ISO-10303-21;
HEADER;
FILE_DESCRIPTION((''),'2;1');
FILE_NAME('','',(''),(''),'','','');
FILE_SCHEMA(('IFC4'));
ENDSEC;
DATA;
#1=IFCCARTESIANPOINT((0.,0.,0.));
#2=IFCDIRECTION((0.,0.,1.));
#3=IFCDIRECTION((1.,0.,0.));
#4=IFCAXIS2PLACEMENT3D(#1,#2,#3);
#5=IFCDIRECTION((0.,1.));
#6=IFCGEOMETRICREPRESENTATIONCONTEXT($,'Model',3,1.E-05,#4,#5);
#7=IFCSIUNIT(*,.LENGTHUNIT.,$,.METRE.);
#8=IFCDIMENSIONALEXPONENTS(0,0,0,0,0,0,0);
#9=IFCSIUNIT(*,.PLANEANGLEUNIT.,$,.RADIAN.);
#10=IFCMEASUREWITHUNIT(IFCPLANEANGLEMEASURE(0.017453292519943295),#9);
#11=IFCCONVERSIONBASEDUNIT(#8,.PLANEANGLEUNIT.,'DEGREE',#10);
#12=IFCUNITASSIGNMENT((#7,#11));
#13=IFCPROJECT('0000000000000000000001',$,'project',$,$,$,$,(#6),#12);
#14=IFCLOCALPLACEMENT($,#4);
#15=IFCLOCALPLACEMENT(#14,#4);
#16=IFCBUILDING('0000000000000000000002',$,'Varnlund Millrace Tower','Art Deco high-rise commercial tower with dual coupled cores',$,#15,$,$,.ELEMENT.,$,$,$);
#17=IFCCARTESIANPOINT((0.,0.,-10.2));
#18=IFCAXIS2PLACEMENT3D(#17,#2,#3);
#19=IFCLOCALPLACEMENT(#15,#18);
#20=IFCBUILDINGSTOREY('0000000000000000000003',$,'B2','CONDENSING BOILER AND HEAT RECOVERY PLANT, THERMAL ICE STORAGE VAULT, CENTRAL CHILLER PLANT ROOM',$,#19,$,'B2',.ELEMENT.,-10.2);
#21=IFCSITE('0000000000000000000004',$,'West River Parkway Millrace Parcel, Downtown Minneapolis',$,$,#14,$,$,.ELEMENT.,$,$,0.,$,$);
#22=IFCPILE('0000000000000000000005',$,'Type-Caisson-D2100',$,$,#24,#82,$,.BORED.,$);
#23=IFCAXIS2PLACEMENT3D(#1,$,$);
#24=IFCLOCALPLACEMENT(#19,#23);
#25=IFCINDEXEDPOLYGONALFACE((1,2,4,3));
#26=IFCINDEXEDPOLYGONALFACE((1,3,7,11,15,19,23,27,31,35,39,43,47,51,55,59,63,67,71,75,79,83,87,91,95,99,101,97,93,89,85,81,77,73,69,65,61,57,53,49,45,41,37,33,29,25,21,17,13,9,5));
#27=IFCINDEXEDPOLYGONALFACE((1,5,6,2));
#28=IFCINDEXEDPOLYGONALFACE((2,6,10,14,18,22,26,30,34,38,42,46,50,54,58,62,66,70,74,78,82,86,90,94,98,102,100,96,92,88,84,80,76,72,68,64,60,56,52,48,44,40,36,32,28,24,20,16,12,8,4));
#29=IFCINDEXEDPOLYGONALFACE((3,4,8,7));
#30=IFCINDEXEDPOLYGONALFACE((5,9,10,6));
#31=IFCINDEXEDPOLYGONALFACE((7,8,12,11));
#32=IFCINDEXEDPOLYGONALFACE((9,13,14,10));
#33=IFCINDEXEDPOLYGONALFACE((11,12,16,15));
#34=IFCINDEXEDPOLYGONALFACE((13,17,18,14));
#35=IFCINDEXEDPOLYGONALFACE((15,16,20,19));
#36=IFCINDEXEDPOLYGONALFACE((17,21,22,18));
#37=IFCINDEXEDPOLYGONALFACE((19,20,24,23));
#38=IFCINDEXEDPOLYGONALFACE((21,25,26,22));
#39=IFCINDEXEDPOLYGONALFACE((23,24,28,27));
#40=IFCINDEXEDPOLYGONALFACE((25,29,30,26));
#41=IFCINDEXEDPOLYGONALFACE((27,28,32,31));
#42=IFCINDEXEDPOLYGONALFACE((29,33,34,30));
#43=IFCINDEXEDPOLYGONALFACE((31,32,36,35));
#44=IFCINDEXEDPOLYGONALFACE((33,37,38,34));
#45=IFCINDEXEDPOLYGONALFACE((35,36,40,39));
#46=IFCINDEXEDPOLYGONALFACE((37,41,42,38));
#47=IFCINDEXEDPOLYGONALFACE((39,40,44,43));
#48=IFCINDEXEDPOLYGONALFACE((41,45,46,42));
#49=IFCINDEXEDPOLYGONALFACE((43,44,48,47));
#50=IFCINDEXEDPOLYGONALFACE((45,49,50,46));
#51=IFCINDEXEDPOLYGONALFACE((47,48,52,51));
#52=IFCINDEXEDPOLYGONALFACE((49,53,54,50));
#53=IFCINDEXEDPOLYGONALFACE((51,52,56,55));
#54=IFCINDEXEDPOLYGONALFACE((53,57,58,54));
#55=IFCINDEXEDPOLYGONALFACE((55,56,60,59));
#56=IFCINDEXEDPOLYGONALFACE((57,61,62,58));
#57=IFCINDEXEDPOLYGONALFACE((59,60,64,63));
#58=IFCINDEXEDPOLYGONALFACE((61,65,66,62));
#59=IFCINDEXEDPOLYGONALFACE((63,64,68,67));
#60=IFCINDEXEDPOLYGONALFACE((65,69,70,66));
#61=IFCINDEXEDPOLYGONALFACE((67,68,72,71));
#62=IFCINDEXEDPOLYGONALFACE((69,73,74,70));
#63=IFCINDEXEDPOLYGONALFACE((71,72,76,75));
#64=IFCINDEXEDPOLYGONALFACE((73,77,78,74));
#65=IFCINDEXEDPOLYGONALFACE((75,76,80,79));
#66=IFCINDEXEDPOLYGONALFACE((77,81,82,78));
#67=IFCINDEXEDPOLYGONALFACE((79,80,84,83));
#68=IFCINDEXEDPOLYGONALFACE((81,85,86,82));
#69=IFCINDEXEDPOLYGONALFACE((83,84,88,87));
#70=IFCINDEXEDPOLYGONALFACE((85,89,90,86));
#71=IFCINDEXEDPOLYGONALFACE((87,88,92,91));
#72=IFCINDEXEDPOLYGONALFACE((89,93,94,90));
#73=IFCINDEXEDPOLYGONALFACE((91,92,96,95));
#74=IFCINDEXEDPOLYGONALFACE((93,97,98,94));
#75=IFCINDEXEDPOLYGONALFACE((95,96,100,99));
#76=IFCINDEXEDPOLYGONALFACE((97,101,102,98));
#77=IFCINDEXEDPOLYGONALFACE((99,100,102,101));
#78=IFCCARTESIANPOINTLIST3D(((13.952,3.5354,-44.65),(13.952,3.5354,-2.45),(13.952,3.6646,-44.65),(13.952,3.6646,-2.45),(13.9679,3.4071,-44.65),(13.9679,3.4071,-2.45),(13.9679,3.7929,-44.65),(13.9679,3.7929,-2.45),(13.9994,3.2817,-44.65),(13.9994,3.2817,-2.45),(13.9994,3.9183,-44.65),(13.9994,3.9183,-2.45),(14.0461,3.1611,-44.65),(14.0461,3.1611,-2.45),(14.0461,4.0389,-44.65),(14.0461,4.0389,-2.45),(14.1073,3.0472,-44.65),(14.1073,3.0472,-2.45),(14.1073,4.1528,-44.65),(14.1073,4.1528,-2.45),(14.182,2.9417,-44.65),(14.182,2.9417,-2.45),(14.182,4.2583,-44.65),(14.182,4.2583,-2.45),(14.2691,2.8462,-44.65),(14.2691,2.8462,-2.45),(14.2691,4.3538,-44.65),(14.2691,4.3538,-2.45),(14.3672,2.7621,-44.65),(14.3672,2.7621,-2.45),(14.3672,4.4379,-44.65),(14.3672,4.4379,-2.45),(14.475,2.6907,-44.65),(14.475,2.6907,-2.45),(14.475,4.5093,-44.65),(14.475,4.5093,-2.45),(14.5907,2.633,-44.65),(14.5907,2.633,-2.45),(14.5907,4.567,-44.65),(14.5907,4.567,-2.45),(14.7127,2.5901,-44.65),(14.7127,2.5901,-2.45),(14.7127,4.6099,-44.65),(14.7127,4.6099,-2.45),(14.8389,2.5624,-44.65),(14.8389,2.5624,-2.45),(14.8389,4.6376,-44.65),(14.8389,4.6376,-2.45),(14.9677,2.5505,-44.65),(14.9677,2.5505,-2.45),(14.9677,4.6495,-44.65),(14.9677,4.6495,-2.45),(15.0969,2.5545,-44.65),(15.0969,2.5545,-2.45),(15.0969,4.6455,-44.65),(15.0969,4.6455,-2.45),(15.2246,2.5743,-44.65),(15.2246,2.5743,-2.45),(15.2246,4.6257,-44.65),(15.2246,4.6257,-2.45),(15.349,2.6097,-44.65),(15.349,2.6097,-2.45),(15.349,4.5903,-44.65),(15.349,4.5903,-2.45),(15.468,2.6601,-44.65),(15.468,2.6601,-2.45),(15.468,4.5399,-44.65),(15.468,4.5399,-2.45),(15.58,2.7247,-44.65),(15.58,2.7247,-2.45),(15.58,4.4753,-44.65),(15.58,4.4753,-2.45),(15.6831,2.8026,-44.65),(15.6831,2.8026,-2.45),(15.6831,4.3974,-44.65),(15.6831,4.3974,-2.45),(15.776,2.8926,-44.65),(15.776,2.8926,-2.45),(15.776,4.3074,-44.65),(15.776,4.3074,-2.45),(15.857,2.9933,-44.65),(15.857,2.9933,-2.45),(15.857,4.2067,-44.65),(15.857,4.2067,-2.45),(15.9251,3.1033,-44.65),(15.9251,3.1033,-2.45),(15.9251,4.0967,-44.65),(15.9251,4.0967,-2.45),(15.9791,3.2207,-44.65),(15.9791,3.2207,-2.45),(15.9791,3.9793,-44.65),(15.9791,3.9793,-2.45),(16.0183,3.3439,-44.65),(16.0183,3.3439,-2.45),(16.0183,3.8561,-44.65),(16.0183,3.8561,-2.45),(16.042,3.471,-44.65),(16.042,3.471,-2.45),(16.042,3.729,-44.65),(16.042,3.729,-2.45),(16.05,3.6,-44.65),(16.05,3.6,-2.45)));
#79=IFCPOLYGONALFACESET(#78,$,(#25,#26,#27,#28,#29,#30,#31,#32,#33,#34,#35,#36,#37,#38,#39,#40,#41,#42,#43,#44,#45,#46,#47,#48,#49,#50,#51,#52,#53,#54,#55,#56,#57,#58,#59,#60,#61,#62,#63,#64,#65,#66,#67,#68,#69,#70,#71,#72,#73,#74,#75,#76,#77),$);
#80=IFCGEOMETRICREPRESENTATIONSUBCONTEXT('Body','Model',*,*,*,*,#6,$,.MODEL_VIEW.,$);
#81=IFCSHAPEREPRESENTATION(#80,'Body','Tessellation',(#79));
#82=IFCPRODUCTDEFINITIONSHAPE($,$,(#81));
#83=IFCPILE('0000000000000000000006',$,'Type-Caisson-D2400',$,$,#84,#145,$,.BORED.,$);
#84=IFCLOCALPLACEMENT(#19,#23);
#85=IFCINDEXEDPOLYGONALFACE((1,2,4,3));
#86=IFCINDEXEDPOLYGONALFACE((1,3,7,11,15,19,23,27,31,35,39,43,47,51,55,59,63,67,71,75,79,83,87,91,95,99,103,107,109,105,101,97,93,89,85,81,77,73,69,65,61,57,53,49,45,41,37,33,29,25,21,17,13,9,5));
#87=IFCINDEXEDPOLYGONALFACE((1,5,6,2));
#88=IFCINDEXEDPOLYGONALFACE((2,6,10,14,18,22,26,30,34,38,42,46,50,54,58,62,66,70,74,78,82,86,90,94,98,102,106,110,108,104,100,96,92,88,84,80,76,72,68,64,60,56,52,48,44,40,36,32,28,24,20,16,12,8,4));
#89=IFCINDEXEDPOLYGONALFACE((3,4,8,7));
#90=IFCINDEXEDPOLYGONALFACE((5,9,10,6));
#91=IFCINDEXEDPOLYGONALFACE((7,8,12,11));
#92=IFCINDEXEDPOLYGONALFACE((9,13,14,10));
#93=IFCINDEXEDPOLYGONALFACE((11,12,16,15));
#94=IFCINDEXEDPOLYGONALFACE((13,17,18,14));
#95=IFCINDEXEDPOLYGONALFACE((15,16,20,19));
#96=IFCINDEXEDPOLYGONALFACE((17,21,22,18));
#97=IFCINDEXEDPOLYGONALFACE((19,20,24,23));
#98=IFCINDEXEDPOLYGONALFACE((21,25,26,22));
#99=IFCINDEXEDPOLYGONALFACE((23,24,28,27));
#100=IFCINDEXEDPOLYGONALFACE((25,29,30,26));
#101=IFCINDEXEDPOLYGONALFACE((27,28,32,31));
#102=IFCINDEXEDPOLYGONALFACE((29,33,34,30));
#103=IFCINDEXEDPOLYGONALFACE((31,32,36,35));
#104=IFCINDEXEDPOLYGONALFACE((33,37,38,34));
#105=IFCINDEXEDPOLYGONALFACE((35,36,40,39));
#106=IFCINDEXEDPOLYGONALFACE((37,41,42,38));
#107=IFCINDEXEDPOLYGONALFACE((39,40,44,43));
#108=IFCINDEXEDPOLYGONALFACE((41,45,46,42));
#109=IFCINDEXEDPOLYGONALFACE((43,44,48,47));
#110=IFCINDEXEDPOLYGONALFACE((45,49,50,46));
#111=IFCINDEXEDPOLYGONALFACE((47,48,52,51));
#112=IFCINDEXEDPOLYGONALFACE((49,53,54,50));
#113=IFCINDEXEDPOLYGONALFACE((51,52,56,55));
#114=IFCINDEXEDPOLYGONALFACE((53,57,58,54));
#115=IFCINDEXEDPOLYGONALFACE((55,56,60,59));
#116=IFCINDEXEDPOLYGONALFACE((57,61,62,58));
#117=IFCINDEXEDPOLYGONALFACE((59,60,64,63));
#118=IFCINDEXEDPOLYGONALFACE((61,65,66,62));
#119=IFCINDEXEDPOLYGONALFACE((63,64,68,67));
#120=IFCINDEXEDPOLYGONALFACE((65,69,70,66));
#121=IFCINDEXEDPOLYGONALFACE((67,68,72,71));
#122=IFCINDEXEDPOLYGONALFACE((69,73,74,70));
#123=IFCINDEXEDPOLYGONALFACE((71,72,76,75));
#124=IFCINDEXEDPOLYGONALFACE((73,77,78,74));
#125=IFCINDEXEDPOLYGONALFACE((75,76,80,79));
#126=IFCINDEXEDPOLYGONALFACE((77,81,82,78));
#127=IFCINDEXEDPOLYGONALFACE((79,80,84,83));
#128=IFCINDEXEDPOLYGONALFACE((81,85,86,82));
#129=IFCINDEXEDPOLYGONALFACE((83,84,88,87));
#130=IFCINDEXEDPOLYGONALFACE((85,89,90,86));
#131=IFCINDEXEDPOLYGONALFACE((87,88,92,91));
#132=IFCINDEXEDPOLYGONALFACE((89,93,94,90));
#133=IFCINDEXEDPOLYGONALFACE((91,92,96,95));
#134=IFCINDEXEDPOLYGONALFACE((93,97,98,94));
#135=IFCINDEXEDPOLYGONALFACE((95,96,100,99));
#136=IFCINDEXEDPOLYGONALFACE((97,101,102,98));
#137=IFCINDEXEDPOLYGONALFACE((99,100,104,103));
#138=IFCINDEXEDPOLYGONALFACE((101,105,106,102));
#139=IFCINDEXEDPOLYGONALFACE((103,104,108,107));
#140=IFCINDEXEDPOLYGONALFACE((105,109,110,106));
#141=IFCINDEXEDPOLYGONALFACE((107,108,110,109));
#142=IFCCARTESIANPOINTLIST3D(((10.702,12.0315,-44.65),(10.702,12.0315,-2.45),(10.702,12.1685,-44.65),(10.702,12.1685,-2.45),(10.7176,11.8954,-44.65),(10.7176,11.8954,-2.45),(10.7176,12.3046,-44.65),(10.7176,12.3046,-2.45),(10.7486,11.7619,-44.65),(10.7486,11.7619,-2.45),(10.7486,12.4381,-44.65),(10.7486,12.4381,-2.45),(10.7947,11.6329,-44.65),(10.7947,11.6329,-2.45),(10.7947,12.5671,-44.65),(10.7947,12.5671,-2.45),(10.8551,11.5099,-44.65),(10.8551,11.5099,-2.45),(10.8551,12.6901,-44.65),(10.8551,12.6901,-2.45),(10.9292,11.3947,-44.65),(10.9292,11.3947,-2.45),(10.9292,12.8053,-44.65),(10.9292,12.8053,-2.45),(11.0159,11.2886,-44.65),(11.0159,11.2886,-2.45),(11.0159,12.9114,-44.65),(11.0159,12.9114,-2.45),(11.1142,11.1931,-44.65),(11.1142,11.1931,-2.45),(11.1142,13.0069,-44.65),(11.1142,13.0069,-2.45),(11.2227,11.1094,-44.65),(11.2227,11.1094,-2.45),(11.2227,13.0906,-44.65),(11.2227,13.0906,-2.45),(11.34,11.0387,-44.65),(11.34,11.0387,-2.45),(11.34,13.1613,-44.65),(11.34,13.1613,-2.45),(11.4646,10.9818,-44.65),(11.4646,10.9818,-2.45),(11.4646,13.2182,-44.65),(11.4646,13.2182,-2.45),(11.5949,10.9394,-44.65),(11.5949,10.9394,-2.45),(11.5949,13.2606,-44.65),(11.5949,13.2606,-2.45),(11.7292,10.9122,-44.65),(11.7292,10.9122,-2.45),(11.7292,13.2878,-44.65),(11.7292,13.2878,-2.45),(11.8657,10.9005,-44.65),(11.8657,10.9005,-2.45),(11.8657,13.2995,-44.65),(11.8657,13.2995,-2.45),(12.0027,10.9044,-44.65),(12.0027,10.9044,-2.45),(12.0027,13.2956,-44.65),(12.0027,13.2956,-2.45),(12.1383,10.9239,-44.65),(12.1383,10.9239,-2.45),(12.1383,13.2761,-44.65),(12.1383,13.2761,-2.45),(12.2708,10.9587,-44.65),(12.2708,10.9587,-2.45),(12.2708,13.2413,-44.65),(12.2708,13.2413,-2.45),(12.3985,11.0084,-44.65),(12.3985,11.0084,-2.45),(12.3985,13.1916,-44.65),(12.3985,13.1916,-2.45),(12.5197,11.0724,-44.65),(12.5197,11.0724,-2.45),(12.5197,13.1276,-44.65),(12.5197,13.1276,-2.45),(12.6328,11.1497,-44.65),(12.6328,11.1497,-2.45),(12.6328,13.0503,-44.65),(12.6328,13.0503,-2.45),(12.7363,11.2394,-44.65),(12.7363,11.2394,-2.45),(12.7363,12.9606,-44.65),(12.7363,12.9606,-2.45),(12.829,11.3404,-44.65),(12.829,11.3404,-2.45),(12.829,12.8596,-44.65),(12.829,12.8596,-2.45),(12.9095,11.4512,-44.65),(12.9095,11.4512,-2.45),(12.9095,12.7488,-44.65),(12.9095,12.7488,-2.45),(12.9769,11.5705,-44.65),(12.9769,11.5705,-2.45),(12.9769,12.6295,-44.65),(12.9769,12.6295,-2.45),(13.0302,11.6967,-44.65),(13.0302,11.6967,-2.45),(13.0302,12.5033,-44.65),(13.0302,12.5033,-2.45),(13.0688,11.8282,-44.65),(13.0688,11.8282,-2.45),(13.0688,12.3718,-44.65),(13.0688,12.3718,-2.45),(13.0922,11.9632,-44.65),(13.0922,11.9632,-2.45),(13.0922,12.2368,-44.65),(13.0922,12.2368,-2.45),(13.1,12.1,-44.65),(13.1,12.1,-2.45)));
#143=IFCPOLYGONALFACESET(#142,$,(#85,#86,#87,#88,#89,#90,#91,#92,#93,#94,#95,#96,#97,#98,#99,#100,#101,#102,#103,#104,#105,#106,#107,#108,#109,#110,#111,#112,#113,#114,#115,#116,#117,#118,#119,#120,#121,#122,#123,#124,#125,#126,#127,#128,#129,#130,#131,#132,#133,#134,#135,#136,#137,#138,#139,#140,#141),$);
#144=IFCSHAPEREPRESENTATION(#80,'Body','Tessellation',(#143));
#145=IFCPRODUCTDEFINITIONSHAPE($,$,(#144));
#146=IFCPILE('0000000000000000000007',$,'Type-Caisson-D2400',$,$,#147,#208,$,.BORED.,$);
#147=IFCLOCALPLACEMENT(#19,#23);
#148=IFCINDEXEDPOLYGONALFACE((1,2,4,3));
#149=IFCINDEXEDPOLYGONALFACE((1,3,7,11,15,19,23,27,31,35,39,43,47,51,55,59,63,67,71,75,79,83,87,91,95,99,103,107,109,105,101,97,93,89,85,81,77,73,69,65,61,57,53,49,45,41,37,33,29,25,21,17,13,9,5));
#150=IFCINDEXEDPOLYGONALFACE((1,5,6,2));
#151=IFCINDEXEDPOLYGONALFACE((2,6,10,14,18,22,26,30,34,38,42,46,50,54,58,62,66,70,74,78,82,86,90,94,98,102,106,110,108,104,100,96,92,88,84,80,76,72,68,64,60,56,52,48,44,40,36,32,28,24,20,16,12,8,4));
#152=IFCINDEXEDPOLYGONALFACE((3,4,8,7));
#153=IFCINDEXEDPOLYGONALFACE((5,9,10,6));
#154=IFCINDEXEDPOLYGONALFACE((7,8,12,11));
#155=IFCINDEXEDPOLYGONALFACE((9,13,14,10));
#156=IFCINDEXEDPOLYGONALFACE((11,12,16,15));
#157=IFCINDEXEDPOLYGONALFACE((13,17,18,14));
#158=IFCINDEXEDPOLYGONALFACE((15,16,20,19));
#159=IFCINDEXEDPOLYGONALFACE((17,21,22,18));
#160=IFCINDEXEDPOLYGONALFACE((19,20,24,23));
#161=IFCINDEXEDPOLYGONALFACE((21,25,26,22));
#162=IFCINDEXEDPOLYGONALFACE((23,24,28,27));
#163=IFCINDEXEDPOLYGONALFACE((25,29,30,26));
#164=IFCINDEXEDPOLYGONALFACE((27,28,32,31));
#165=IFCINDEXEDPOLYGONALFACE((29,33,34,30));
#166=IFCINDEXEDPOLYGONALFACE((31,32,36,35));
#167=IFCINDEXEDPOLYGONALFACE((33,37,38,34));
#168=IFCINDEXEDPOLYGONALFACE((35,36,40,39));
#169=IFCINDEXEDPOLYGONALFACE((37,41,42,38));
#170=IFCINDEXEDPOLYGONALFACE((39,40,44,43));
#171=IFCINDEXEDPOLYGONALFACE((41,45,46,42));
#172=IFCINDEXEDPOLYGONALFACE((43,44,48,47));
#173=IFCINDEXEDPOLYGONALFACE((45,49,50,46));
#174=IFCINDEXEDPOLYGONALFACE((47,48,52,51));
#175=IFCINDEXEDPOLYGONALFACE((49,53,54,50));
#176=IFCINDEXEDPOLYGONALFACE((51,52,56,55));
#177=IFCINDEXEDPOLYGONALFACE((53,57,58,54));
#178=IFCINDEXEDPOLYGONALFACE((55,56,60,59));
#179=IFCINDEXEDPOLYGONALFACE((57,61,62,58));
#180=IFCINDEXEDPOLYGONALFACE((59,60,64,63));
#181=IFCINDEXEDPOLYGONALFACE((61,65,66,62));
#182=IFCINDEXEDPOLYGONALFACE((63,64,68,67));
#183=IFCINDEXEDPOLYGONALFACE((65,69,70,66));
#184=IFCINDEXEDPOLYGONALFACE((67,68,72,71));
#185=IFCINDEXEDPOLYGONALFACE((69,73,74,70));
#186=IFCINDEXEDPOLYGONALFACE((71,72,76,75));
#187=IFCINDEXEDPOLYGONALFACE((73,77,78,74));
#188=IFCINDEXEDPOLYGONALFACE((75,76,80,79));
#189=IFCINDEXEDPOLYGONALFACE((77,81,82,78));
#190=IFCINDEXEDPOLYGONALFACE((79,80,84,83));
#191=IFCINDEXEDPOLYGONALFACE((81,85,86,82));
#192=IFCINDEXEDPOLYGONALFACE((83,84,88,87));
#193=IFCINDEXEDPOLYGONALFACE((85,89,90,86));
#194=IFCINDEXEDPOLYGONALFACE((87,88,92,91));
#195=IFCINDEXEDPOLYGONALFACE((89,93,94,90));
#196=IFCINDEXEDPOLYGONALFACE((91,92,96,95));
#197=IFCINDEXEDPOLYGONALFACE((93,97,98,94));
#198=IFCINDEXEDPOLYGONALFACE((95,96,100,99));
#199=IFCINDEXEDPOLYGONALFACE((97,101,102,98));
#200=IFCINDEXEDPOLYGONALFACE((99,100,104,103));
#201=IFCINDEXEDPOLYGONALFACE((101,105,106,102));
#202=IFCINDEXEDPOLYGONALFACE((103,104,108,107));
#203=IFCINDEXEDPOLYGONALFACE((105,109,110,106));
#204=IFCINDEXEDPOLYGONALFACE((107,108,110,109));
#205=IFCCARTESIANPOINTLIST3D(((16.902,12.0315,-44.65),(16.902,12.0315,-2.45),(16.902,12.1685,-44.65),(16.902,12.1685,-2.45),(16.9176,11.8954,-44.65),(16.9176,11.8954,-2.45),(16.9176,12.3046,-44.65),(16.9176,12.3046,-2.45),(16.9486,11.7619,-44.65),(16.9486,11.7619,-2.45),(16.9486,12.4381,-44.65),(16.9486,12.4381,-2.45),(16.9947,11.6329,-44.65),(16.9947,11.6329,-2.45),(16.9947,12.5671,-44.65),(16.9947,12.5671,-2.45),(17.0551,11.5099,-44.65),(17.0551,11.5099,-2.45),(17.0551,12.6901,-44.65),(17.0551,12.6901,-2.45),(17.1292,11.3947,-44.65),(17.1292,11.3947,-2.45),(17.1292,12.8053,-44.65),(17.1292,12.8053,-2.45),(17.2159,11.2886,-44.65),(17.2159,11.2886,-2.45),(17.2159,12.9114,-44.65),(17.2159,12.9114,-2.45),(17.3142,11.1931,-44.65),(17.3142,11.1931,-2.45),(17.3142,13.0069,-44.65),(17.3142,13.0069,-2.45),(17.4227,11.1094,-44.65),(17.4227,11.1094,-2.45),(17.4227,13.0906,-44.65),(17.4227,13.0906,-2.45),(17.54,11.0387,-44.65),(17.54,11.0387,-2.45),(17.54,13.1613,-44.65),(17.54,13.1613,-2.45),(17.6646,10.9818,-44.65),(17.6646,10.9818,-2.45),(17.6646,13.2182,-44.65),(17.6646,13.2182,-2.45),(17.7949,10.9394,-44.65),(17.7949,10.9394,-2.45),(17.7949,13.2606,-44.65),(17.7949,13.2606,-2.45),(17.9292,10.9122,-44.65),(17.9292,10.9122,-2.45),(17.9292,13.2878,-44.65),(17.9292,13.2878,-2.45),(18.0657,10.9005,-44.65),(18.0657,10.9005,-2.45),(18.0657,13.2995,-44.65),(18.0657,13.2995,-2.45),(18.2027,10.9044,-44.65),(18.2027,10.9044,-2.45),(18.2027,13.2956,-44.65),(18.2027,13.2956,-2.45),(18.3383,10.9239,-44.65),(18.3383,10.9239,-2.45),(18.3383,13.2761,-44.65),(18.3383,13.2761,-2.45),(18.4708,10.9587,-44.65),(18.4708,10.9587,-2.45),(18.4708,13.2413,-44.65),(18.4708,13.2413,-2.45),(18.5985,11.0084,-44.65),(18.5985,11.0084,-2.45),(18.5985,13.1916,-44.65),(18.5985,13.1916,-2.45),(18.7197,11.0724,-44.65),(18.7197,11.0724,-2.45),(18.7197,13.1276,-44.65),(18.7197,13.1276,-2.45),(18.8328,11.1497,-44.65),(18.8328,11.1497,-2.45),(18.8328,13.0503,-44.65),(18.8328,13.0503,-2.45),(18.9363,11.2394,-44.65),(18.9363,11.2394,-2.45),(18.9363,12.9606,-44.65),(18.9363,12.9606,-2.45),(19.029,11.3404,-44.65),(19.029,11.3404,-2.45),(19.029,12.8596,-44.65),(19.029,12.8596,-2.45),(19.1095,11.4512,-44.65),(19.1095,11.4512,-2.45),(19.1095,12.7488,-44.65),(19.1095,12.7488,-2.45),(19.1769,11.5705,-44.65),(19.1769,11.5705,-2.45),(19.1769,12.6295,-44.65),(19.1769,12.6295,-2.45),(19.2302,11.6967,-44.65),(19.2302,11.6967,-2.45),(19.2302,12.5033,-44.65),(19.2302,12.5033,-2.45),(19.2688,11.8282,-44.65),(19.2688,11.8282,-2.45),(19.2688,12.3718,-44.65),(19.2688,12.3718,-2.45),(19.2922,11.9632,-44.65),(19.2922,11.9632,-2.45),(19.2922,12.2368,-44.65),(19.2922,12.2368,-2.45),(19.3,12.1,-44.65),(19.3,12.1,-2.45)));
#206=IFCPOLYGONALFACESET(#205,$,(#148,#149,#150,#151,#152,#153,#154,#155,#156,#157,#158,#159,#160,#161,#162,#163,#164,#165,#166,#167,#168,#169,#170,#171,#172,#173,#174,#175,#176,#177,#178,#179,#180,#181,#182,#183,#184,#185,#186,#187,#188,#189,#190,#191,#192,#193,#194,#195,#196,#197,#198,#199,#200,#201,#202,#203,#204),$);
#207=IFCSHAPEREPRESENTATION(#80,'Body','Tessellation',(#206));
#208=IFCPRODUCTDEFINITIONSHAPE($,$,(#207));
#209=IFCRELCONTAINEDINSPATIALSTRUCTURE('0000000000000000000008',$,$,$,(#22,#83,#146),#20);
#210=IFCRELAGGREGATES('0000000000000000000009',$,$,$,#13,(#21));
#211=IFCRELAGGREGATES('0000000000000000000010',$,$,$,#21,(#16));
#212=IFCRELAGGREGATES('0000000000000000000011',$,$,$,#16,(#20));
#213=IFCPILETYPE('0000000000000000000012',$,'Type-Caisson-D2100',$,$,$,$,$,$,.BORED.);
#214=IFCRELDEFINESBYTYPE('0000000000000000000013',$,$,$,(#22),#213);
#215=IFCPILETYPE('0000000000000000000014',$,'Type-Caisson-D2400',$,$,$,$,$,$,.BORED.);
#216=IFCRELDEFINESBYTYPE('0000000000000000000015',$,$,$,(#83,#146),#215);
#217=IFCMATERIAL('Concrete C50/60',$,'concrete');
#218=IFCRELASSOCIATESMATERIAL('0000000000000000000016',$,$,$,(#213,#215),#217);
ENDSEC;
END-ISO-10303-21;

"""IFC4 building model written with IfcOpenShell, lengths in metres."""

from ifc_helpers import new_model, entity, si_unit, converted_unit, direction, frame, origin_with_axes, origin_2d_with_axis, place, context, subcontext, project, spatial, circle, extrude, material, material_profile, profile_set, type_object, element, save


model = new_model("IFC4")

# Units and contexts
model_context = context("Model", 3, precision=1e-05, world=origin_with_axes(), true_north=direction((0.0, 1.0)))
body_context = subcontext(model_context, "Body", "Model", "MODEL_VIEW")
ifc_project = project(units=[si_unit("LENGTHUNIT", "METRE"), converted_unit("PLANEANGLEUNIT", "DEGREE", entity("IfcPlaneAngleMeasure", 0.017453292519943295), si_unit("PLANEANGLEUNIT", "RADIAN"), dimensions=[0, 0, 0, 0, 0, 0, 0])], contexts=[model_context])

# Site, building, storey
site_placement = place(None, origin_with_axes())
site = spatial("IfcSite", under=ifc_project, at=site_placement, Name="West River Parkway Millrace Parcel, Downtown Minneapolis", CompositionType="ELEMENT", RefElevation=0.0)
building_placement = place(site_placement, origin_with_axes())
building = spatial("IfcBuilding", under=site, at=building_placement, Name="Varnlund Millrace Tower", Description="Art Deco high-rise commercial tower with dual coupled cores", CompositionType="ELEMENT")
storey_placement = place(building_placement, frame((0.0, 0.0, -10.2), z_axis=(0.0, 0.0, 1.0), x_axis=(1.0, 0.0, 0.0)))
storey = spatial("IfcBuildingStorey", under=building, at=storey_placement, Name="B2", Description="CONDENSING BOILER AND HEAT RECOVERY PLANT, THERMAL ICE STORAGE VAULT, CENTRAL CHILLER PLANT ROOM", LongName="B2", CompositionType="ELEMENT", Elevation=-10.2)

# Piles
ifc_material_1 = material(Name="Concrete C50/60", Category="concrete")
ifc_material_profile_1 = material_profile(ifc_material_1, circle(Radius=1.05, at=origin_2d_with_axis()), Name="Concrete C50/60")
ifc_profile_set_1 = profile_set([ifc_material_profile_1], Name="Concrete C50/60")
pile_type_1 = type_object("IfcPileType", Name="Type-Caisson-D2100", PredefinedType="BORED", material=ifc_profile_set_1)
pile_placement = place(storey_placement, frame((15.0, 3.6, -44.65), z_axis=(0.0, 0.0, 1.0), x_axis=(1.0, 0.0, 0.0)))
element("IfcPile", 1, at=pile_placement, inside=storey, type_object=pile_type_1, Name="Type-Caisson-D2100", PredefinedType="BORED", context=body_context, shape_type="SweptSolid", body=[
    extrude(circle(Radius=1.05, at=origin_2d_with_axis()), origin_with_axes(), (0.0, 0.0, 1.0), 42.2),
])
ifc_material_profile_2 = material_profile(ifc_material_1, circle(Radius=1.2, at=origin_2d_with_axis()), Name="Concrete C50/60")
ifc_profile_set_2 = profile_set([ifc_material_profile_2], Name="Concrete C50/60")
pile_type_2 = type_object("IfcPileType", Name="Type-Caisson-D2400", PredefinedType="BORED", material=ifc_profile_set_2)
for number, where, z_axis, x_axis, name in (
    (2, (11.9, 12.1, -44.65), (0.0, 0.0, 1.0), (1.0, 0.0, 0.0), "Type-Caisson-D2400"),
    (3, (18.1, 12.1, -44.65), (0.0, 0.0, 1.0), (1.0, 0.0, 0.0), "Type-Caisson-D2400"),
):
    element("IfcPile", number, at=place(storey_placement, frame(where, z_axis=z_axis, x_axis=x_axis)), inside=storey, type_object=pile_type_2, Name=name, PredefinedType="BORED", context=body_context, shape_type="SweptSolid", body=[
        extrude(circle(Radius=1.2, at=origin_2d_with_axis()), origin_with_axes(), (0.0, 0.0, 1.0), 42.2),
    ])

save(model, "model.ifc")
